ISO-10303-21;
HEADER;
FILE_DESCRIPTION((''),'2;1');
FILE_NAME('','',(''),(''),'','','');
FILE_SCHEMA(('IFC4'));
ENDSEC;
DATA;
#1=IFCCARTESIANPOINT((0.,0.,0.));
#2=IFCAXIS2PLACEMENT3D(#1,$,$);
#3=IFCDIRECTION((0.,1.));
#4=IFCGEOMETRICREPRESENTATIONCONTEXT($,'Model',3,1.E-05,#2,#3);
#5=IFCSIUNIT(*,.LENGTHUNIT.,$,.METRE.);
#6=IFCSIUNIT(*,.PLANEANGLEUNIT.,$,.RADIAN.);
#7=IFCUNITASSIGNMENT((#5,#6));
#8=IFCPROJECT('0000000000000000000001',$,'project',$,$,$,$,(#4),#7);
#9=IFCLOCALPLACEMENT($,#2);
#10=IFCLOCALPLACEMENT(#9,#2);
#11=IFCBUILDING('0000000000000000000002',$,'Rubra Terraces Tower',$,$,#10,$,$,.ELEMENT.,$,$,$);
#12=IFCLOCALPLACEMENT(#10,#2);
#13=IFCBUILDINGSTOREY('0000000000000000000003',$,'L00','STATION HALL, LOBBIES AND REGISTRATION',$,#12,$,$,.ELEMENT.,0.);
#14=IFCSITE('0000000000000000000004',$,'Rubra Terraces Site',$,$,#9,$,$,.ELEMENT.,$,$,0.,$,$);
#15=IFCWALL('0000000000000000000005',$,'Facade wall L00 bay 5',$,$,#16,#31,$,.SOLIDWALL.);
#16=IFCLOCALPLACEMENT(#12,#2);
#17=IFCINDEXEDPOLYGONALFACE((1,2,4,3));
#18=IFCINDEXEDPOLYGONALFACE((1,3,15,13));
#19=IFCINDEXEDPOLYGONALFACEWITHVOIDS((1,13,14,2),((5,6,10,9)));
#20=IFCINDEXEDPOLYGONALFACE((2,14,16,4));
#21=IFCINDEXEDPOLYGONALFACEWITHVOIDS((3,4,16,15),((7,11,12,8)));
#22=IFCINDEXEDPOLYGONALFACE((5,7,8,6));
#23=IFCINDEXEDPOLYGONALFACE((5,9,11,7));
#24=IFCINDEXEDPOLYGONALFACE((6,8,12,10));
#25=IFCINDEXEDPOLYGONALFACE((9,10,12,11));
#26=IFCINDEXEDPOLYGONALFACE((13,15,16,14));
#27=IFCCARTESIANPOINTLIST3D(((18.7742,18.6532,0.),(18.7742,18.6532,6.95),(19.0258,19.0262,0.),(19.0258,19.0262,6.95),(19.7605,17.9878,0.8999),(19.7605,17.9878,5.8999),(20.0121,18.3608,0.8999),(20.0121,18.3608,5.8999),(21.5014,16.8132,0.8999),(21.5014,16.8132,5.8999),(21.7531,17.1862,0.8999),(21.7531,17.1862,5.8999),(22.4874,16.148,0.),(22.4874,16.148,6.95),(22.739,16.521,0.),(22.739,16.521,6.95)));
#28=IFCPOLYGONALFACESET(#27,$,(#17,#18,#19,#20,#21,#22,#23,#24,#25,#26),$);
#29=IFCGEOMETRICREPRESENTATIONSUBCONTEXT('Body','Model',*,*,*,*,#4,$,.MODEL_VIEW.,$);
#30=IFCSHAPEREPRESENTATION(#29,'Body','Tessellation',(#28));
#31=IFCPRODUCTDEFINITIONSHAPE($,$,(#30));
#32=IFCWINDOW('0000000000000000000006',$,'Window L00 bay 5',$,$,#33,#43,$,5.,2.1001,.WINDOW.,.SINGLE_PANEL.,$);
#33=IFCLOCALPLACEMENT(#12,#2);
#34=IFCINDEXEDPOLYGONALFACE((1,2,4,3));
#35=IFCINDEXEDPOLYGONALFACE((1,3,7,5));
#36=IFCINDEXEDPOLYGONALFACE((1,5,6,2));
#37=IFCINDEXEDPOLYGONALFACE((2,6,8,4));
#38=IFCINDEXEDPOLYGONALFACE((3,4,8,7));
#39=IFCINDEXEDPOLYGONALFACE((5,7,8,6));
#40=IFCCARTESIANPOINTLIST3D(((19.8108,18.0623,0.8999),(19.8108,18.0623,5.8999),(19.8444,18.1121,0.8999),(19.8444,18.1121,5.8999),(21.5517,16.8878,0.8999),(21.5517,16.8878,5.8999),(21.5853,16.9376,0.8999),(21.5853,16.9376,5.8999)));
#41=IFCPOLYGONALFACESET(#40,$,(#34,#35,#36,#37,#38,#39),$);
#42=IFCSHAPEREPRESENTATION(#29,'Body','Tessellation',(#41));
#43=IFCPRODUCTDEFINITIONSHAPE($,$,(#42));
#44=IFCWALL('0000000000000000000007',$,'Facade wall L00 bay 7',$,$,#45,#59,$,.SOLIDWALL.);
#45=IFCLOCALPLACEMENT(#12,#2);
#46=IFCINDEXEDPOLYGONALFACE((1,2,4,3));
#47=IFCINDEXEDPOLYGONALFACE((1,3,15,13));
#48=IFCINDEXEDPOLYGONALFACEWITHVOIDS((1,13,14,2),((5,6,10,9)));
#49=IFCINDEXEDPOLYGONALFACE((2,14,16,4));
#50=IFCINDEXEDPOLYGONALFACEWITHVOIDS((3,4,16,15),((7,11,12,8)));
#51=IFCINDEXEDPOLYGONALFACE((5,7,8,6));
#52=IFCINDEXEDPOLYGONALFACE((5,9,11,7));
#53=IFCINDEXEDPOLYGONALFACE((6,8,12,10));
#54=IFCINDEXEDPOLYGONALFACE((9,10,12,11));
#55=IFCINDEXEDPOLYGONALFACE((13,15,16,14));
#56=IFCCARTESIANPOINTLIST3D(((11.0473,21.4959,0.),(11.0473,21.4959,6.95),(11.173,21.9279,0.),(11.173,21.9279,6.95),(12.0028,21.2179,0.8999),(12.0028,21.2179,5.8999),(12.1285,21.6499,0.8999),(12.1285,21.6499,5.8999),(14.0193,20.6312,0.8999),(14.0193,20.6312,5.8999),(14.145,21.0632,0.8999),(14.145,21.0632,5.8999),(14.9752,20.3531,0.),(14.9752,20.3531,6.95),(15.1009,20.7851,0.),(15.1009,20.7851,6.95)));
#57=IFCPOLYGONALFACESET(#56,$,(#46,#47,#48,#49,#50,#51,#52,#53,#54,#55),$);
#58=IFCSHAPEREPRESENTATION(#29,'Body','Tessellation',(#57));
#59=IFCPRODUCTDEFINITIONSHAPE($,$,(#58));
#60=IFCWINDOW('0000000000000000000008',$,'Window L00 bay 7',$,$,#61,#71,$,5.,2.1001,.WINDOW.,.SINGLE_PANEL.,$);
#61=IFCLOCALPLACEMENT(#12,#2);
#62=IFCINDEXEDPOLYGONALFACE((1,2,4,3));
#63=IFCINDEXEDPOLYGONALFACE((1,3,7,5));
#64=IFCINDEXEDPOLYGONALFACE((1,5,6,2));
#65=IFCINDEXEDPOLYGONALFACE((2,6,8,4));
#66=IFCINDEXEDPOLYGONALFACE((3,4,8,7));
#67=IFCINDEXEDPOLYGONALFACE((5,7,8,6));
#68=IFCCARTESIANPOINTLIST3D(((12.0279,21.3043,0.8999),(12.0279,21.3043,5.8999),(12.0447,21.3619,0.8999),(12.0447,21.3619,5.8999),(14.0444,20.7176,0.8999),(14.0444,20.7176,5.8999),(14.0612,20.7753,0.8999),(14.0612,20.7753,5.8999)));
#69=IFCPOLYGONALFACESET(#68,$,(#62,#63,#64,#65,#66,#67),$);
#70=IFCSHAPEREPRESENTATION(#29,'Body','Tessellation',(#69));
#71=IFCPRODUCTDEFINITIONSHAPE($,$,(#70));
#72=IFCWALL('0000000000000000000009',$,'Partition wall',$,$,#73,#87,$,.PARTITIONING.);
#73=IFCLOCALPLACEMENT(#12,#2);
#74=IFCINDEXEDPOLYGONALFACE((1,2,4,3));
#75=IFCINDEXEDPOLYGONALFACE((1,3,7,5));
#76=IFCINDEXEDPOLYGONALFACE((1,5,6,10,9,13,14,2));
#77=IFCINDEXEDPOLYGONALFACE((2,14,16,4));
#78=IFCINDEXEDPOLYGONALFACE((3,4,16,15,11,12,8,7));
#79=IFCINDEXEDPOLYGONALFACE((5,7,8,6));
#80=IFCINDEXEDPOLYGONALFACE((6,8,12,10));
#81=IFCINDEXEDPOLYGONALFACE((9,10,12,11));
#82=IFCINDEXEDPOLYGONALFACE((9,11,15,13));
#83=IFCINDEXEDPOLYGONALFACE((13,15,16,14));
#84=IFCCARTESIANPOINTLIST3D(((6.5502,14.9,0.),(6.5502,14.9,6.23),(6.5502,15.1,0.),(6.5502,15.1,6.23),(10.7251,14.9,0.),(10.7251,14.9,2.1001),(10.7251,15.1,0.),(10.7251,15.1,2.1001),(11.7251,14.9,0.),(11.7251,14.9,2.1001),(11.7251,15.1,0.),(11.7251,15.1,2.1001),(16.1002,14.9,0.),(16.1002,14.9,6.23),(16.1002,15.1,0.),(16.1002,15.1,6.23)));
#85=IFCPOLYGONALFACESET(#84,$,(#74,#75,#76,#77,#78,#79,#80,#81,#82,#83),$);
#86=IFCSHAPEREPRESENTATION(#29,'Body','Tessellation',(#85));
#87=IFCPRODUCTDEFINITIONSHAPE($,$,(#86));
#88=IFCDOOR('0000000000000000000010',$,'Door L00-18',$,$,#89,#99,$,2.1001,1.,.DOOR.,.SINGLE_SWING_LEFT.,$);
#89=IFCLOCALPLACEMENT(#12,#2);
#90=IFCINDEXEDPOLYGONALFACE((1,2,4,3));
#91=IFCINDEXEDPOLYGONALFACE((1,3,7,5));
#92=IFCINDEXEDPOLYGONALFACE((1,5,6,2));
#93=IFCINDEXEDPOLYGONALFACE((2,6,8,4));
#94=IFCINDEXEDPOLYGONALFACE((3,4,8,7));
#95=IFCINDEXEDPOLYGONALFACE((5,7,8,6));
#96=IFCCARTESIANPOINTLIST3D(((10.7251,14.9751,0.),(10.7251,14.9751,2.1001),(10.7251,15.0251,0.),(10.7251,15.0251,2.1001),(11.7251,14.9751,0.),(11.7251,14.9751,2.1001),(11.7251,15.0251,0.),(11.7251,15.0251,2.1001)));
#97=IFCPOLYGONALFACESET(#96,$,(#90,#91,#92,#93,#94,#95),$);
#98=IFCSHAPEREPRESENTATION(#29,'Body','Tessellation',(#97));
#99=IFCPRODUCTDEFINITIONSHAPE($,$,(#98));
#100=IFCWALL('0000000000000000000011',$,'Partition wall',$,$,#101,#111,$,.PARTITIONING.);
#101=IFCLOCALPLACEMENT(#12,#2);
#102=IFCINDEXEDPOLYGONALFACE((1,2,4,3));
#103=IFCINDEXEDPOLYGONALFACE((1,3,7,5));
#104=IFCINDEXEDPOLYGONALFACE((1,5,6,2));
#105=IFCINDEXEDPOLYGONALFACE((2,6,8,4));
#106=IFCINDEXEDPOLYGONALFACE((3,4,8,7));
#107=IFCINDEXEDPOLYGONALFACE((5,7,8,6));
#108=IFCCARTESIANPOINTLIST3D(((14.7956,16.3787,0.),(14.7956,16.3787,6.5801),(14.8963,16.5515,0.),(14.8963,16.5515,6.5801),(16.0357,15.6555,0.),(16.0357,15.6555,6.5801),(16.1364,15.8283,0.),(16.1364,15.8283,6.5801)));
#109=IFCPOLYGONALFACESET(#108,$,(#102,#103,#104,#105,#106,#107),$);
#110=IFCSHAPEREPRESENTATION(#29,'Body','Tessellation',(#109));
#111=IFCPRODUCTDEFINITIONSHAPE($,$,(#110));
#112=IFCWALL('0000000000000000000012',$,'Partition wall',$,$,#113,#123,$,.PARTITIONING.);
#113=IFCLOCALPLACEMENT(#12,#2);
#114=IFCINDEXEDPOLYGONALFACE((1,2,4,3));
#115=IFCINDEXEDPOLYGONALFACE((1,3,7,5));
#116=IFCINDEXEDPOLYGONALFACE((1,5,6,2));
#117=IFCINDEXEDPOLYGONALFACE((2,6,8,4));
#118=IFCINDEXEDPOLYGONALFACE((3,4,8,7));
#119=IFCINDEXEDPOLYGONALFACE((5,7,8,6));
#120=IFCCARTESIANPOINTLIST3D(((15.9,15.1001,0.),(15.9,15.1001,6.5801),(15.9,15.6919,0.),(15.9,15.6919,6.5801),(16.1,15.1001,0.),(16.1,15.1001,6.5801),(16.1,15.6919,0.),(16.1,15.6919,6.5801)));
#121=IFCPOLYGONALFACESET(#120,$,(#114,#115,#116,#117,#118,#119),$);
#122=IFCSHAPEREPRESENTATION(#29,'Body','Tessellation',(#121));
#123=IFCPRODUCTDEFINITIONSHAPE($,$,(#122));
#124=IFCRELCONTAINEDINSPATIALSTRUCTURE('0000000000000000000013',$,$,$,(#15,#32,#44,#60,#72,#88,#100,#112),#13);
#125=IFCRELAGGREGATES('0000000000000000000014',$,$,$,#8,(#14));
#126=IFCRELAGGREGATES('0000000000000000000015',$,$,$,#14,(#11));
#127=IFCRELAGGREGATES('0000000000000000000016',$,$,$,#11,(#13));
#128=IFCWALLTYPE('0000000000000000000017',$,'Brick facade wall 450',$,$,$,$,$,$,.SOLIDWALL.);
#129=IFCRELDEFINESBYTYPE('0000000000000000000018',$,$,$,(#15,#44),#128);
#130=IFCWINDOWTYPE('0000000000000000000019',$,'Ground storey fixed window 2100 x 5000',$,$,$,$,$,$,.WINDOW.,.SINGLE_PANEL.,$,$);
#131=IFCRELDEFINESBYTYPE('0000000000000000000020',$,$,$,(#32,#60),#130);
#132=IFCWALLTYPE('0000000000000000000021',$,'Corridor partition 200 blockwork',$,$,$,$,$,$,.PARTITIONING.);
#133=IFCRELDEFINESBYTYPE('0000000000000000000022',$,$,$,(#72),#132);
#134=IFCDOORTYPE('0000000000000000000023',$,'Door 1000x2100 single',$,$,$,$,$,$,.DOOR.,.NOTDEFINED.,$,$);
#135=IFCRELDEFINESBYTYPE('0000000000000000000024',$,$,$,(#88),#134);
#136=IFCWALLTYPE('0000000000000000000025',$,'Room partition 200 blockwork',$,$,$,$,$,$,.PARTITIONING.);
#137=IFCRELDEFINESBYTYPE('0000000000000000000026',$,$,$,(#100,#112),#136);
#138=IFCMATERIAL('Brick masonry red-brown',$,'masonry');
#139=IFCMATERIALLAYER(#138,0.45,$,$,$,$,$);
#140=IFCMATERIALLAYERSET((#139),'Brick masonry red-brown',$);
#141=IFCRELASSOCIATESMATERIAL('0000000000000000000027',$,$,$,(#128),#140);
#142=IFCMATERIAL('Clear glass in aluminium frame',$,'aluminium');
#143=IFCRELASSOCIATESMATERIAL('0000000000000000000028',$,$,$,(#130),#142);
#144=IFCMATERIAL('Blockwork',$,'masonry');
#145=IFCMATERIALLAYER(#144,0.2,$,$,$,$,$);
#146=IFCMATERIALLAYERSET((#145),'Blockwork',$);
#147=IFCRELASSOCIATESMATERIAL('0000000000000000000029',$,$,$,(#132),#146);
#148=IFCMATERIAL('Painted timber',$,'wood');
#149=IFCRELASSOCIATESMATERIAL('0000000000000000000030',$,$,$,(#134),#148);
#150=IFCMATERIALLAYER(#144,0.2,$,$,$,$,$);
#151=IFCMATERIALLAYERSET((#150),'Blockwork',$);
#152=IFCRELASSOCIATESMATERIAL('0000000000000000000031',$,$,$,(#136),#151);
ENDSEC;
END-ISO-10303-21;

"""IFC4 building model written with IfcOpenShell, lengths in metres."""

from ifc_helpers import new_model, si_unit, direction, frame, frame_2d, origin, place, context, subcontext, project, spatial, rectangle, extrude, material, layer, layer_set, type_object, element, fill, save


model = new_model("IFC4")

# Units and contexts
model_context = context("Model", 3, precision=1e-05, world=origin(), true_north=direction((0.0, 1.0)))
body_context = subcontext(model_context, "Body", "Model", "MODEL_VIEW")
ifc_project = project(units=[si_unit("LENGTHUNIT", "METRE"), si_unit("PLANEANGLEUNIT", "RADIAN")], contexts=[model_context])

# Site, building, storey
site_placement = place(None, origin())
site = spatial("IfcSite", under=ifc_project, at=site_placement, Name="Rubra Terraces Site", CompositionType="ELEMENT", RefElevation=0.0)
building_placement = place(site_placement, origin())
building = spatial("IfcBuilding", under=site, at=building_placement, Name="Rubra Terraces Tower", CompositionType="ELEMENT")
storey_placement = place(building_placement, origin())
storey = spatial("IfcBuildingStorey", under=building, at=storey_placement, Name="L00", Description="STATION HALL, LOBBIES AND REGISTRATION", CompositionType="ELEMENT", Elevation=0.0)

# Shared definitions
ifc_material_1 = material(Name="Brick masonry red-brown", Category="masonry")
ifc_layer_1 = layer(ifc_material_1, 0.45)
ifc_layer_set_1 = layer_set([ifc_layer_1], Name="Brick masonry red-brown")
wall_type_1 = type_object("IfcWallType", Name="Brick facade wall 450", PredefinedType="SOLIDWALL", material=ifc_layer_set_1)
ifc_material_2 = material(Name="Clear glass in aluminium frame", Category="aluminium")
window_type = type_object("IfcWindowType", Name="Ground storey fixed window 2100 x 5000", PartitioningType="SINGLE_PANEL", PredefinedType="WINDOW", material=ifc_material_2)

# Wall, opening, window
wall_1_placement = place(storey_placement, frame((22.6133, 16.3345, 0.0), z_axis=(0.0, 0.0, 1.0), x_axis=(-0.828977, 0.559283, 0.0)))
wall_1 = element("IfcWall", 1, at=wall_1_placement, inside=storey, type_object=wall_type_1, Name="Facade wall L00 bay 5", PredefinedType="SOLIDWALL", context=body_context, shape_type="SweptSolid", body=[
    extrude(rectangle(XDim=4.4792, YDim=0.45, at=frame_2d((2.2397, 0.0))), origin(), (0.0, 0.0, 1.0), 6.95),
])
opening_1_placement = place(wall_1_placement, frame((1.1895, 0.0, 0.8999)))
opening_1 = element("IfcOpeningElement", 2, at=opening_1_placement, cuts=wall_1, PredefinedType="OPENING", context=body_context, shape_type="SweptSolid", body=[
    extrude(rectangle(XDim=2.1001, YDim=5.0, at=frame_2d((1.05, 2.5))), frame((0.0, 0.2349, 0.0), z_axis=(0.0, -1.0, 0.0), x_axis=(1.0, 0.0, 0.0)), (0.0, 0.0, 1.0), 0.47),
])
window_1_placement = place(opening_1_placement, origin())
window_1 = element("IfcWindow", 3, at=window_1_placement, inside=storey, type_object=window_type, Name="Window L00 bay 5", OverallHeight=5.0, OverallWidth=2.1001, PartitioningType="SINGLE_PANEL", PredefinedType="WINDOW", context=body_context, shape_type="SweptSolid", body=[
    extrude(rectangle(XDim=2.1001, YDim=5.0, at=frame_2d((1.05, 2.5))), frame((0.0, 0.135, 0.0), z_axis=(0.0, -1.0, 0.0), x_axis=(1.0, 0.0, 0.0)), (0.0, 0.0, 1.0), 0.0601),
])
fill(opening_1, window_1)

# Wall, opening, window
wall_2_placement = place(storey_placement, frame((15.0381, 20.5691, 0.0), z_axis=(0.0, 0.0, 1.0), x_axis=(-0.960186, 0.279361, 0.0)))
wall_2 = element("IfcWall", 4, at=wall_2_placement, inside=storey, type_object=wall_type_1, Name="Facade wall L00 bay 7", PredefinedType="SOLIDWALL", context=body_context, shape_type="SweptSolid", body=[
    extrude(rectangle(XDim=4.0908, YDim=0.45, at=frame_2d((2.0454, 0.0))), origin(), (0.0, 0.0, 1.0), 6.95),
])
opening_2_placement = place(wall_2_placement, frame((0.9956, 0.0, 0.8999)))
opening_2 = element("IfcOpeningElement", 5, at=opening_2_placement, cuts=wall_2, PredefinedType="OPENING", context=body_context, shape_type="SweptSolid", body=[
    extrude(rectangle(XDim=2.1001, YDim=5.0, at=frame_2d((1.05, 2.5))), frame((0.0, 0.2349, 0.0), z_axis=(0.0, -1.0, 0.0), x_axis=(1.0, 0.0, 0.0)), (0.0, 0.0, 1.0), 0.47),
])
window_2_placement = place(opening_2_placement, origin())
window_2 = element("IfcWindow", 6, at=window_2_placement, inside=storey, type_object=window_type, Name="Window L00 bay 7", OverallHeight=5.0, OverallWidth=2.1001, PartitioningType="SINGLE_PANEL", PredefinedType="WINDOW", context=body_context, shape_type="SweptSolid", body=[
    extrude(rectangle(XDim=2.1001, YDim=5.0, at=frame_2d((1.05, 2.5))), frame((0.0, 0.135, 0.0), z_axis=(0.0, -1.0, 0.0), x_axis=(1.0, 0.0, 0.0)), (0.0, 0.0, 1.0), 0.0601),
])
fill(opening_2, window_2)

# Wall, opening, door
ifc_material_3 = material(Name="Blockwork", Category="masonry")
ifc_layer_2 = layer(ifc_material_3, 0.2)
ifc_layer_set_2 = layer_set([ifc_layer_2], Name="Blockwork")
wall_type_2 = type_object("IfcWallType", Name="Corridor partition 200 blockwork", PredefinedType="PARTITIONING", material=ifc_layer_set_2)
wall_3_placement = place(storey_placement, frame((16.1001, 15.0, 0.0), z_axis=(0.0, 0.0, 1.0), x_axis=(-1.0, 0.0, 0.0)))
wall_3 = element("IfcWall", 7, at=wall_3_placement, inside=storey, type_object=wall_type_2, Name="Partition wall", PredefinedType="PARTITIONING", context=body_context, shape_type="SweptSolid", body=[
    extrude(rectangle(XDim=9.55, YDim=0.2, at=frame_2d((4.7749, 0.0))), origin(), (0.0, 0.0, 1.0), 6.23),
])
opening_3_placement = place(wall_3_placement, frame((4.375, 0.0, 0.0)))
opening_3 = element("IfcOpeningElement", 8, at=opening_3_placement, cuts=wall_3, PredefinedType="OPENING", context=body_context, shape_type="SweptSolid", body=[
    extrude(rectangle(XDim=1.0, YDim=2.1001, at=frame_2d((0.5, 1.05))), frame((0.0, 0.1099, 0.0), z_axis=(0.0, -1.0, 0.0), x_axis=(1.0, 0.0, 0.0)), (0.0, 0.0, 1.0), 0.22),
])
ifc_material_4 = material(Name="Painted timber", Category="wood")
door_type_1 = type_object("IfcDoorType", Name="Door 1000x2100 single", OperationType="NOTDEFINED", PredefinedType="DOOR", material=ifc_material_4)
door_1_placement = place(opening_3_placement, origin())
door_1 = element("IfcDoor", 9, at=door_1_placement, inside=storey, type_object=door_type_1, Name="Door L00-18", OperationType="SINGLE_SWING_LEFT", OverallHeight=2.1001, OverallWidth=1.0, PredefinedType="DOOR", context=body_context, shape_type="SweptSolid", body=[
    extrude(rectangle(XDim=1.0, YDim=2.1001, at=frame_2d((0.5, 1.05))), frame((0.0, 0.0249, 0.0), z_axis=(0.0, -1.0, 0.0), x_axis=(1.0, 0.0, 0.0)), (0.0, 0.0, 1.0), 0.05),
])
fill(opening_3, door_1)

# Walls
ifc_layer_3 = layer(ifc_material_3, 0.2)
ifc_layer_set_3 = layer_set([ifc_layer_3], Name="Blockwork")
wall_type_3 = type_object("IfcWallType", Name="Room partition 200 blockwork", PredefinedType="PARTITIONING", material=ifc_layer_set_3)
wall_4_placement = place(storey_placement, frame((14.8459, 16.4651, 0.0), z_axis=(0.0, 0.0, 1.0), x_axis=(0.863834, -0.503776, 0.0)))
element("IfcWall", 10, at=wall_4_placement, inside=storey, type_object=wall_type_3, Name="Partition wall", PredefinedType="PARTITIONING", context=body_context, shape_type="SweptSolid", body=[
    extrude(rectangle(XDim=1.4355, YDim=0.2, at=frame_2d((0.7178, 0.0))), origin(), (0.0, 0.0, 1.0), 6.5801),
])
wall_5_placement = place(storey_placement, frame((16.0, 15.6919, 0.0), z_axis=(0.0, 0.0, 1.0), x_axis=(0.0, -1.0, 0.0)))
element("IfcWall", 11, at=wall_5_placement, inside=storey, type_object=wall_type_3, Name="Partition wall", PredefinedType="PARTITIONING", context=body_context, shape_type="SweptSolid", body=[
    extrude(rectangle(XDim=0.5918, YDim=0.2, at=frame_2d((0.2959, 0.0))), origin(), (0.0, 0.0, 1.0), 6.5801),
])

save(model, "model.ifc")
